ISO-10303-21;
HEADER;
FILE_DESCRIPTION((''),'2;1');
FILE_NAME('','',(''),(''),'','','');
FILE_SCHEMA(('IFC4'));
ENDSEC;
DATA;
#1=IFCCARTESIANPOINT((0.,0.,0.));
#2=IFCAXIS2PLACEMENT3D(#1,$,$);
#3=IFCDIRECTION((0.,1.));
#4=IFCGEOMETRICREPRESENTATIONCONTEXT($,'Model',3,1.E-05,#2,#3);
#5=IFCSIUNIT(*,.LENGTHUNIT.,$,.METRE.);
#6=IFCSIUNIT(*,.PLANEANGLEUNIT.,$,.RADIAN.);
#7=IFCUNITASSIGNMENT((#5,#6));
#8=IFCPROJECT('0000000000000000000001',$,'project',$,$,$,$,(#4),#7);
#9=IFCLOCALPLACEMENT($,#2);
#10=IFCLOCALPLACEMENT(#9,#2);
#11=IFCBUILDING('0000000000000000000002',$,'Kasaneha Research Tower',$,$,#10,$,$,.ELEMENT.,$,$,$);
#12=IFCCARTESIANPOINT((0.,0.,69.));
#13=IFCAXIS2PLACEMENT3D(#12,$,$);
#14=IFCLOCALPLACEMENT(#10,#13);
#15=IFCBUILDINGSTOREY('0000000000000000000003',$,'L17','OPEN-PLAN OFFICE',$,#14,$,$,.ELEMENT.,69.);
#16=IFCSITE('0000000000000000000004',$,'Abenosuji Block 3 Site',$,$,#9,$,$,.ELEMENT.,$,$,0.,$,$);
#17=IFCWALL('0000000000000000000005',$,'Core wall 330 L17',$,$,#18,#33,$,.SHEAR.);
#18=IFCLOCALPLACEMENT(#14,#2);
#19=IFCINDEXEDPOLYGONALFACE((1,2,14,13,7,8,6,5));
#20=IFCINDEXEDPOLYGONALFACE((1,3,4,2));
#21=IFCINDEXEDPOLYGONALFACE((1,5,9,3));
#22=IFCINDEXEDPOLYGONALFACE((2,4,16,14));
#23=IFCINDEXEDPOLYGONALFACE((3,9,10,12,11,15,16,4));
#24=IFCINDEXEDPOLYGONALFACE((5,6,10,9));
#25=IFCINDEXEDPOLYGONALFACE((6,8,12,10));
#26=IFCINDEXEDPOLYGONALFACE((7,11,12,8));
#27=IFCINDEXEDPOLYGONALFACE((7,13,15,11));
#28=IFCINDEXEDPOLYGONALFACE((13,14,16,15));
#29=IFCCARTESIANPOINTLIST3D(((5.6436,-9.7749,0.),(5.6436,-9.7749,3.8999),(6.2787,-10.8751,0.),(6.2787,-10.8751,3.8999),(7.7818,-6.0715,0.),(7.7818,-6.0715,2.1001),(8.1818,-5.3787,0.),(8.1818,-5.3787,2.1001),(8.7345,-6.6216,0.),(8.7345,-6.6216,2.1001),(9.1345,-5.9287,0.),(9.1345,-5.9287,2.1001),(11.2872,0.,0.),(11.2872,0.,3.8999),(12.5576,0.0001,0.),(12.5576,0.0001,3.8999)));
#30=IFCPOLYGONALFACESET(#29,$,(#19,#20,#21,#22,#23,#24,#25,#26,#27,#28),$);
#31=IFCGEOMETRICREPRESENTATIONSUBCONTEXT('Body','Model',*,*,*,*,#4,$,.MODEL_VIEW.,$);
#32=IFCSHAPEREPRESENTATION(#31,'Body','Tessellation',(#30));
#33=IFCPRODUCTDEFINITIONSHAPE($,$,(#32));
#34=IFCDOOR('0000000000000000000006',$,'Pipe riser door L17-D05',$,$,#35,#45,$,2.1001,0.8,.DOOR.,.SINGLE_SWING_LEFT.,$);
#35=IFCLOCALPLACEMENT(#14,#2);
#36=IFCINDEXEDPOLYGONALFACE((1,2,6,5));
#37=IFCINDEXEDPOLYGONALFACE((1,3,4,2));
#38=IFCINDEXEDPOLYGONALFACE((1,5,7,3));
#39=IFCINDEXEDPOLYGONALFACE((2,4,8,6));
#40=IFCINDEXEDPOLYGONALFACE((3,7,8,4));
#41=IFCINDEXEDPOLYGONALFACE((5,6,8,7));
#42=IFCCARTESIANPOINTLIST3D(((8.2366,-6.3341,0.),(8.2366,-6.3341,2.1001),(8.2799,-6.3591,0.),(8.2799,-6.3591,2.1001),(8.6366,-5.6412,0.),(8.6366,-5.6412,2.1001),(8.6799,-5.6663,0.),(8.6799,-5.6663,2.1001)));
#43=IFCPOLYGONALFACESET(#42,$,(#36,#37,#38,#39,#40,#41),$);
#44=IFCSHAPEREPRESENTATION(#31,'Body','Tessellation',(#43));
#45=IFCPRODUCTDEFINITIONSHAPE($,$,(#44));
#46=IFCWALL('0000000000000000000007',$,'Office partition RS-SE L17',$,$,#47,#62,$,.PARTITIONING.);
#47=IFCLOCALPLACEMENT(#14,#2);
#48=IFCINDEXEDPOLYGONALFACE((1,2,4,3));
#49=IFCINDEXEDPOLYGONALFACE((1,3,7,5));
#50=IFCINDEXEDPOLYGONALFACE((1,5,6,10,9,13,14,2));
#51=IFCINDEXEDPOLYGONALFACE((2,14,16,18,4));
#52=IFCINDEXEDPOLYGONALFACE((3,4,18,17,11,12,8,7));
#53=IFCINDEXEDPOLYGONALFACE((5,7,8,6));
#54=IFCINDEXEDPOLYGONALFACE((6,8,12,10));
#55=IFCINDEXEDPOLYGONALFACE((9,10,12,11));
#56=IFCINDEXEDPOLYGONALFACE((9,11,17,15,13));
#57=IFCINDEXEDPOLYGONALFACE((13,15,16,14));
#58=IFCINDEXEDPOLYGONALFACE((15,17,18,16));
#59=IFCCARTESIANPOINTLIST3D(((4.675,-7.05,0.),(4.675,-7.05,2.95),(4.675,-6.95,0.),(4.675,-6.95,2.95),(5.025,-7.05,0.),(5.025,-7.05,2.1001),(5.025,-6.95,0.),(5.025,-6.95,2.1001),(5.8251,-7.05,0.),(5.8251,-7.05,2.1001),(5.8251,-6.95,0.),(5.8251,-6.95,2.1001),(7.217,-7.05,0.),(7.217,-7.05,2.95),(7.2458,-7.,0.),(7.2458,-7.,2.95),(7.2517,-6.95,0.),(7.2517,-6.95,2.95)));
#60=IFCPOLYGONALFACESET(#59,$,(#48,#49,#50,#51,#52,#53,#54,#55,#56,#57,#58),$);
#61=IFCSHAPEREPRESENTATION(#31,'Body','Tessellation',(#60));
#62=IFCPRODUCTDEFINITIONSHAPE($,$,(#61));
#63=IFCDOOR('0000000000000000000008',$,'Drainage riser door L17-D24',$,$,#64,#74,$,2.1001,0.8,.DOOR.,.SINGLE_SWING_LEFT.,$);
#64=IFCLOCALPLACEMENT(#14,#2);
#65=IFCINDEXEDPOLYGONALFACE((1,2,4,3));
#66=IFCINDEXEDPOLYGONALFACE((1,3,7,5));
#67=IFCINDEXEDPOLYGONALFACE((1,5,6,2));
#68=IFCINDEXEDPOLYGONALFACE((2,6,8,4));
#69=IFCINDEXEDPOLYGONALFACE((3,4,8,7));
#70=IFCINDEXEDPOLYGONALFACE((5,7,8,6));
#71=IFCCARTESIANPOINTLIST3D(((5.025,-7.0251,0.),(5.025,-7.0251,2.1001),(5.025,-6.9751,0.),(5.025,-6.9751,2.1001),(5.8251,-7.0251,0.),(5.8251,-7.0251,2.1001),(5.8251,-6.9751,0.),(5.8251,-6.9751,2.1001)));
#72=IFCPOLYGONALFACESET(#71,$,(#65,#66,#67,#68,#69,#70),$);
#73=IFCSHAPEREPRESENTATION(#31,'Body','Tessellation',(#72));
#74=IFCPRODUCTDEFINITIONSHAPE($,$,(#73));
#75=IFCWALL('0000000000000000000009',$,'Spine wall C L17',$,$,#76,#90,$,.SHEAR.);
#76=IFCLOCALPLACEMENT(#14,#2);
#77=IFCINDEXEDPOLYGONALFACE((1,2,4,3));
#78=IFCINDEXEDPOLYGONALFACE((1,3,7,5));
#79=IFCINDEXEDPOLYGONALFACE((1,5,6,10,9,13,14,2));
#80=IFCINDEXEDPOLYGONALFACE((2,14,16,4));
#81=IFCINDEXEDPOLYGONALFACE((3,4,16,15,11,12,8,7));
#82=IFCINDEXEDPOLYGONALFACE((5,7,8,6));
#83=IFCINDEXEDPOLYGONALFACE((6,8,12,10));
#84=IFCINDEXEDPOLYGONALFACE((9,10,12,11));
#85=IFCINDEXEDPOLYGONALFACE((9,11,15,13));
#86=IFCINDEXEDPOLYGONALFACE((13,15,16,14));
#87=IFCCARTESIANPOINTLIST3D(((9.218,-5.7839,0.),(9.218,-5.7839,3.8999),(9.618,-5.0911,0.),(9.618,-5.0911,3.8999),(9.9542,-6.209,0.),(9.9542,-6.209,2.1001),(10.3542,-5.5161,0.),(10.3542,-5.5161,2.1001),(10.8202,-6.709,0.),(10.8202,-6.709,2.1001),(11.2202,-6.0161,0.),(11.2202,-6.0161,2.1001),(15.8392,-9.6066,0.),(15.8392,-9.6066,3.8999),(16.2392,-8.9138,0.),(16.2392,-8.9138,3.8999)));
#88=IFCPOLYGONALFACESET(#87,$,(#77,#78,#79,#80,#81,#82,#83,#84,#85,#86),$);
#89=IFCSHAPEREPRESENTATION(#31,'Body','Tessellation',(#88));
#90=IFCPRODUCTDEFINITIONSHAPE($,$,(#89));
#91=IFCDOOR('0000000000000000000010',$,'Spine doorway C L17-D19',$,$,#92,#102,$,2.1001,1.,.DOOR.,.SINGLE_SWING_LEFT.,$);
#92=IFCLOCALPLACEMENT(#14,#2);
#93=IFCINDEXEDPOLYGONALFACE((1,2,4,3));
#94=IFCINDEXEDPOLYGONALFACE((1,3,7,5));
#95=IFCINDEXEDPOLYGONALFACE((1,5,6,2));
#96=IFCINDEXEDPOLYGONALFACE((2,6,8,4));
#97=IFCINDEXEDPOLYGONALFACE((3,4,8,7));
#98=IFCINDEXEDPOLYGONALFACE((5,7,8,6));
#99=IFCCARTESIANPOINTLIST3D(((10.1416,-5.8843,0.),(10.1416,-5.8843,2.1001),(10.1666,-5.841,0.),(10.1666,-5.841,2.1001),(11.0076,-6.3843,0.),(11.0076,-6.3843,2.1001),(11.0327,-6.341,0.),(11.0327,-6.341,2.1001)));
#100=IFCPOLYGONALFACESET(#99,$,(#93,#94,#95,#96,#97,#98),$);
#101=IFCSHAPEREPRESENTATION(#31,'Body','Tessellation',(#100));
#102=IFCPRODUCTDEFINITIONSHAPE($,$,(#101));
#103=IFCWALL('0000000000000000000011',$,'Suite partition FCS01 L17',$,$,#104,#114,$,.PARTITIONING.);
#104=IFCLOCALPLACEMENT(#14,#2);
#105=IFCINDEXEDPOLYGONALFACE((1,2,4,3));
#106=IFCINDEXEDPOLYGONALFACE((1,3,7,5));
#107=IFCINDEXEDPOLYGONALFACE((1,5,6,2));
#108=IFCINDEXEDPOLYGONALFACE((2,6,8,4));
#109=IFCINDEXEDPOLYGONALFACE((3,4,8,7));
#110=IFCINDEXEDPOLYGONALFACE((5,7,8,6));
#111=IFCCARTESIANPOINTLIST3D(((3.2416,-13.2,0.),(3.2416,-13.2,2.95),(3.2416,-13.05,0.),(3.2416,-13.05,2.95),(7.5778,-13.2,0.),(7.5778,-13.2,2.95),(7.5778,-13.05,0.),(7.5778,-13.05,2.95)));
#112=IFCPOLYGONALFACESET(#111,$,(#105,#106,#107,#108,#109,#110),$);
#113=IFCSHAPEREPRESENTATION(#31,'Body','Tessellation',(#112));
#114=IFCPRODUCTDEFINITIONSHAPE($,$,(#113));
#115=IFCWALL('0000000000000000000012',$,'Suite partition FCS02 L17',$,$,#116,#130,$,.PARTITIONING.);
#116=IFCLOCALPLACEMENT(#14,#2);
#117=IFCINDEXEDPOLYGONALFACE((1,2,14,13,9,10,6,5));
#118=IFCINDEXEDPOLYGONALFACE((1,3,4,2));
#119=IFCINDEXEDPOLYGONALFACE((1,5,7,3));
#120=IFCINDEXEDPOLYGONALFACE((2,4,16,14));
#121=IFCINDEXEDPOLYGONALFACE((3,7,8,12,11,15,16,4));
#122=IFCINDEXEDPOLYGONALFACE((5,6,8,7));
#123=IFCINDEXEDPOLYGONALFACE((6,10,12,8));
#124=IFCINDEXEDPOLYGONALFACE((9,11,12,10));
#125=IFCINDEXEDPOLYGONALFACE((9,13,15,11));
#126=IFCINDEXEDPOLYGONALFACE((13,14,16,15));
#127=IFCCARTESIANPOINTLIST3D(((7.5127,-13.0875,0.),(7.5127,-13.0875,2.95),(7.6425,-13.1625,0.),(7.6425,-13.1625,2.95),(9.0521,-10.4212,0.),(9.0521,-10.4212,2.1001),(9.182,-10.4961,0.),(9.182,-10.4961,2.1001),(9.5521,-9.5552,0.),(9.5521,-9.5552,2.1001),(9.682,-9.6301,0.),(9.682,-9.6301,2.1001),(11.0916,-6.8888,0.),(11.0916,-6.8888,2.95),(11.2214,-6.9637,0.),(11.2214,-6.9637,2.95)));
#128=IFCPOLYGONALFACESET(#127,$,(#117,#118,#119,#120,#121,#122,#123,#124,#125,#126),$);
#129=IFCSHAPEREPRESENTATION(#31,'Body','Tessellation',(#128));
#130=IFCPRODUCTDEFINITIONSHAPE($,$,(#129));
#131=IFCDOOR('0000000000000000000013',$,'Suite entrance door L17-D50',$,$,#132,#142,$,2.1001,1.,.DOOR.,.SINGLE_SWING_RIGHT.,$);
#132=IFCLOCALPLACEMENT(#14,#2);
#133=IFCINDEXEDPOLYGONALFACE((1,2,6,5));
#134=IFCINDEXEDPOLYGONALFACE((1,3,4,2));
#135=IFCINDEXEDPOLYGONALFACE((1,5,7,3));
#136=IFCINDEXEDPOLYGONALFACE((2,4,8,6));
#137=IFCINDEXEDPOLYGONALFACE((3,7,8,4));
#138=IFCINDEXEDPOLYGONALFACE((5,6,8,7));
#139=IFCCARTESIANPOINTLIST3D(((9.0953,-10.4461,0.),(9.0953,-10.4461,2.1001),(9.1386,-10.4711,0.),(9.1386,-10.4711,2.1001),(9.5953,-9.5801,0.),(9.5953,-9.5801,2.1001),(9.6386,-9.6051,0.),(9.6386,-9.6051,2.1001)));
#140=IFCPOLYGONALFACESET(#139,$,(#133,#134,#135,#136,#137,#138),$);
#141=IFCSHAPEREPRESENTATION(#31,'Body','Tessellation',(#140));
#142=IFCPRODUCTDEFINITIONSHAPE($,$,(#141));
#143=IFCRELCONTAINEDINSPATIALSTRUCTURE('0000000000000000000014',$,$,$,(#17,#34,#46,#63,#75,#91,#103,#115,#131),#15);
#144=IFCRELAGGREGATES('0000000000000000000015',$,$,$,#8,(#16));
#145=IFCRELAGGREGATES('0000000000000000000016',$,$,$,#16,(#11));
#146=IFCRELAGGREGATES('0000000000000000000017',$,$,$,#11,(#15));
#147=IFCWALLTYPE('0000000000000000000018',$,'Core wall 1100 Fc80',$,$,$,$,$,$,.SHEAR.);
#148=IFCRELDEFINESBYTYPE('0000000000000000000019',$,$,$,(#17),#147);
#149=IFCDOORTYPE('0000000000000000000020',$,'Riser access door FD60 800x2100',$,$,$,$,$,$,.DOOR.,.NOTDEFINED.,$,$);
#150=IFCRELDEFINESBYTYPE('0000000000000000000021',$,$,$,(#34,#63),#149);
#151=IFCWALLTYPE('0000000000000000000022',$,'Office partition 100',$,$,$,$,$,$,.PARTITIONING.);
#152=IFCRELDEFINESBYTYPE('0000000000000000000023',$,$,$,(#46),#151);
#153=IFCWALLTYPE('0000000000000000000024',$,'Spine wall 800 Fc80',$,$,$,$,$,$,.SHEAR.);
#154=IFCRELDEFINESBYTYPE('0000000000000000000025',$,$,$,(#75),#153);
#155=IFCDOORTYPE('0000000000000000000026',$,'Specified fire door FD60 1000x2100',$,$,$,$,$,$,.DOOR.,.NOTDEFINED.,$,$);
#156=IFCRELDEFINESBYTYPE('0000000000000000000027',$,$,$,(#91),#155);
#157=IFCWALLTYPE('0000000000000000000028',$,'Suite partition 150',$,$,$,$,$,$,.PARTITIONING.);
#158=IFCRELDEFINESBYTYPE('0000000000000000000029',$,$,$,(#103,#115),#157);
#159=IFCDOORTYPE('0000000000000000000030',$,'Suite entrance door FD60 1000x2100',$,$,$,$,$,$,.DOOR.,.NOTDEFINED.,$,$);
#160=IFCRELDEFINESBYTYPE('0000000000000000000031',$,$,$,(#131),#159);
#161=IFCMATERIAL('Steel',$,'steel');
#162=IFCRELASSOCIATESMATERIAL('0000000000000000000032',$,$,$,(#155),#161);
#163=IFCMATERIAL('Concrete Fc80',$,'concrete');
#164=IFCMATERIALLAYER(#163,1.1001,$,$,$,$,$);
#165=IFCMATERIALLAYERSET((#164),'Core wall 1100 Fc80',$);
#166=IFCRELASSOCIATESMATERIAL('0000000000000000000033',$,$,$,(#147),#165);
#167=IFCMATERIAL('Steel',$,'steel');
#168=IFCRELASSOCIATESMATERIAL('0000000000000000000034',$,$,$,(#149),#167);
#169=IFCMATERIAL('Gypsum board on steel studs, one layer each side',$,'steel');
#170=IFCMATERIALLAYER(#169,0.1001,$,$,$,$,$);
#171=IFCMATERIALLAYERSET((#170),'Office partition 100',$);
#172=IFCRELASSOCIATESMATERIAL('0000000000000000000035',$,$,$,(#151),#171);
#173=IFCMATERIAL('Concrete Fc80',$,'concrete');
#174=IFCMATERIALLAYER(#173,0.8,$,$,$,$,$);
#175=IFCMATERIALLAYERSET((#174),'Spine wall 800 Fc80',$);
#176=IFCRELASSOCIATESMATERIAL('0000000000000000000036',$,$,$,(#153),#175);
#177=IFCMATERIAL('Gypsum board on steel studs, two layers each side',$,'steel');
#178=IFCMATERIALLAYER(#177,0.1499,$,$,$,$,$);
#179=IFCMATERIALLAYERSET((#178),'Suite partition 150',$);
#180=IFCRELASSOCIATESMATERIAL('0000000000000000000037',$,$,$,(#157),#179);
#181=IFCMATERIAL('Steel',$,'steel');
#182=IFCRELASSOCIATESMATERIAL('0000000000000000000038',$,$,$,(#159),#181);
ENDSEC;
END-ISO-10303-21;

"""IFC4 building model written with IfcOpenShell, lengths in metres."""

from ifc_helpers import new_model, si_unit, direction, frame, frame_2d, origin, place, context, subcontext, project, spatial, polyline, rectangle, outline, extrude, material, layer, layer_set, type_object, element, fill, save


model = new_model("IFC4")

# Units and contexts
model_context = context("Model", 3, precision=1e-05, world=origin(), true_north=direction((0.0, 1.0)))
body_context = subcontext(model_context, "Body", "Model", "MODEL_VIEW")
ifc_project = project(units=[si_unit("LENGTHUNIT", "METRE"), si_unit("PLANEANGLEUNIT", "RADIAN")], contexts=[model_context])

# Site, building, storey
site_placement = place(None, origin())
site = spatial("IfcSite", under=ifc_project, at=site_placement, Name="Abenosuji Block 3 Site", CompositionType="ELEMENT", RefElevation=0.0)
building_placement = place(site_placement, origin())
building = spatial("IfcBuilding", under=site, at=building_placement, Name="Kasaneha Research Tower", CompositionType="ELEMENT")
storey_placement = place(building_placement, frame((0.0, 0.0, 69.0)))
storey = spatial("IfcBuildingStorey", under=building, at=storey_placement, Name="L17", Description="OPEN-PLAN OFFICE", CompositionType="ELEMENT", Elevation=69.0)

# Shared definitions
ifc_material_1 = material(Name="Steel", Category="steel")
door_type_1 = type_object("IfcDoorType", Name="Specified fire door FD60 1000x2100", OperationType="NOTDEFINED", PredefinedType="DOOR", material=ifc_material_1)

# Walls, openings, doors
ifc_material_2 = material(Name="Concrete Fc80", Category="concrete")
ifc_layer_1 = layer(ifc_material_2, 1.1001)
ifc_layer_set_1 = layer_set([ifc_layer_1], Name="Core wall 1100 Fc80")
wall_type_1 = type_object("IfcWallType", Name="Core wall 1100 Fc80", PredefinedType="SHEAR", material=ifc_layer_set_1)
wall_1_placement = place(storey_placement, frame((5.9612, -10.325, 0.0), z_axis=(0.0, 0.0, 1.0), x_axis=(0.500004, 0.866023, 0.0)))
wall_1 = element("IfcWall", 1, at=wall_1_placement, inside=storey, type_object=wall_type_1, Name="Core wall 330 L17", PredefinedType="SHEAR", context=body_context, shape_type="SweptSolid", body=[
    extrude(outline(polyline([(-0.3176, -0.55), (4.594, -0.55), (5.394, -0.55), (12.24, -0.55), (11.6047, 0.55), (5.394, 0.55), (4.594, 0.55), (0.3176, 0.55), (-0.3176, -0.55)])), origin(), (0.0, 0.0, 1.0), 3.8999),
])
opening_1_placement = place(wall_1_placement, frame((4.594, 0.0, 0.0)))
opening_1 = element("IfcOpeningElement", 2, at=opening_1_placement, cuts=wall_1, PredefinedType="OPENING", context=body_context, shape_type="SweptSolid", body=[
    extrude(rectangle(XDim=0.8, YDim=2.1001, at=frame_2d((0.3999, 1.05))), frame((0.0, 0.5601, 0.0), z_axis=(0.0, -1.0, 0.0), x_axis=(1.0, 0.0, 0.0)), (0.0, 0.0, 1.0), 1.1201),
])
ifc_material_3 = material(Name="Steel", Category="steel")
door_type_2 = type_object("IfcDoorType", Name="Riser access door FD60 800x2100", OperationType="NOTDEFINED", PredefinedType="DOOR", material=ifc_material_3)
door_1_placement = place(opening_1_placement, origin())
door_1 = element("IfcDoor", 3, at=door_1_placement, inside=storey, type_object=door_type_2, Name="Pipe riser door L17-D05", OperationType="SINGLE_SWING_LEFT", OverallHeight=2.1001, OverallWidth=0.8, PredefinedType="DOOR", context=body_context, shape_type="SweptSolid", body=[
    extrude(rectangle(XDim=0.8, YDim=2.1001, at=frame_2d((0.3999, 1.05))), frame((0.0, 0.0249, 0.0), z_axis=(0.0, -1.0, 0.0), x_axis=(1.0, 0.0, 0.0)), (0.0, 0.0, 1.0), 0.05),
])
fill(opening_1, door_1)
ifc_material_4 = material(Name="Gypsum board on steel studs, one layer each side", Category="steel")
ifc_layer_2 = layer(ifc_material_4, 0.1001)
ifc_layer_set_2 = layer_set([ifc_layer_2], Name="Office partition 100")
wall_type_2 = type_object("IfcWallType", Name="Office partition 100", PredefinedType="PARTITIONING", material=ifc_layer_set_2)
wall_2_placement = place(storey_placement, frame((4.675, -7.0, 0.0), z_axis=(0.0, 0.0, 1.0), x_axis=(1.0, 0.0, 0.0)))
wall_2 = element("IfcWall", 4, at=wall_2_placement, inside=storey, type_object=wall_type_2, Name="Office partition RS-SE L17", PredefinedType="PARTITIONING", context=body_context, shape_type="SweptSolid", body=[
    extrude(outline(polyline([(0.0, -0.05), (0.3501, -0.05), (1.1501, -0.05), (2.542, -0.05), (2.5708, 0.0), (2.5767, 0.05), (1.1501, 0.05), (0.3501, 0.05), (0.0, 0.05), (0.0, -0.05)])), origin(), (0.0, 0.0, 1.0), 2.95),
])
opening_2_placement = place(wall_2_placement, frame((0.3501, 0.0, 0.0)))
opening_2 = element("IfcOpeningElement", 5, at=opening_2_placement, cuts=wall_2, PredefinedType="OPENING", context=body_context, shape_type="SweptSolid", body=[
    extrude(rectangle(XDim=0.8, YDim=2.1001, at=frame_2d((0.3999, 1.05))), frame((0.0, 0.0601, 0.0), z_axis=(0.0, -1.0, 0.0), x_axis=(1.0, 0.0, 0.0)), (0.0, 0.0, 1.0), 0.1201),
])
door_2_placement = place(opening_2_placement, origin())
door_2 = element("IfcDoor", 6, at=door_2_placement, inside=storey, type_object=door_type_2, Name="Drainage riser door L17-D24", OperationType="SINGLE_SWING_LEFT", OverallHeight=2.1001, OverallWidth=0.8, PredefinedType="DOOR", context=body_context, shape_type="SweptSolid", body=[
    extrude(rectangle(XDim=0.8, YDim=2.1001, at=frame_2d((0.3999, 1.05))), frame((0.0, 0.0249, 0.0), z_axis=(0.0, -1.0, 0.0), x_axis=(1.0, 0.0, 0.0)), (0.0, 0.0, 1.0), 0.05),
])
fill(opening_2, door_2)
ifc_material_5 = material(Name="Concrete Fc80", Category="concrete")
ifc_layer_3 = layer(ifc_material_5, 0.8)
ifc_layer_set_3 = layer_set([ifc_layer_3], Name="Spine wall 800 Fc80")
wall_type_3 = type_object("IfcWallType", Name="Spine wall 800 Fc80", PredefinedType="SHEAR", material=ifc_layer_set_3)
wall_3_placement = place(storey_placement, frame((9.418, -5.4375, 0.0), z_axis=(0.0, 0.0, 1.0), x_axis=(0.86603, -0.499992, 0.0)))
wall_3 = element("IfcWall", 7, at=wall_3_placement, inside=storey, type_object=wall_type_3, Name="Spine wall C L17", PredefinedType="SHEAR", context=body_context, shape_type="SweptSolid", body=[
    extrude(rectangle(XDim=7.6455, YDim=0.8, at=frame_2d((3.8228, 0.0))), origin(), (0.0, 0.0, 1.0), 3.8999),
])
opening_3_placement = place(wall_3_placement, frame((0.8501, 0.0, 0.0)))
opening_3 = element("IfcOpeningElement", 8, at=opening_3_placement, cuts=wall_3, PredefinedType="OPENING", context=body_context, shape_type="SweptSolid", body=[
    extrude(rectangle(XDim=1.0, YDim=2.1001, at=frame_2d((0.5, 1.05))), frame((0.0, 0.4102, 0.0), z_axis=(0.0, -1.0, 0.0), x_axis=(1.0, 0.0, 0.0)), (0.0, 0.0, 1.0), 0.8201),
])
door_3_placement = place(opening_3_placement, origin())
door_3 = element("IfcDoor", 9, at=door_3_placement, inside=storey, type_object=door_type_1, Name="Spine doorway C L17-D19", OperationType="SINGLE_SWING_LEFT", OverallHeight=2.1001, OverallWidth=1.0, PredefinedType="DOOR", context=body_context, shape_type="SweptSolid", body=[
    extrude(rectangle(XDim=1.0, YDim=2.1001, at=frame_2d((0.5, 1.05))), frame((0.0, 0.0249, 0.0), z_axis=(0.0, -1.0, 0.0), x_axis=(1.0, 0.0, 0.0)), (0.0, 0.0, 1.0), 0.05),
])
fill(opening_3, door_3)

# Wall
ifc_material_6 = material(Name="Gypsum board on steel studs, two layers each side", Category="steel")
ifc_layer_4 = layer(ifc_material_6, 0.1499)
ifc_layer_set_4 = layer_set([ifc_layer_4], Name="Suite partition 150")
wall_type_4 = type_object("IfcWallType", Name="Suite partition 150", PredefinedType="PARTITIONING", material=ifc_layer_set_4)
wall_4_placement = place(storey_placement, frame((7.5776, -13.125, 0.0), z_axis=(0.0, 0.0, 1.0), x_axis=(-1.0, 0.0, 0.0)))
element("IfcWall", 10, at=wall_4_placement, inside=storey, type_object=wall_type_4, Name="Suite partition FCS01 L17", PredefinedType="PARTITIONING", context=body_context, shape_type="SweptSolid", body=[
    extrude(rectangle(XDim=4.3362, YDim=0.1499, at=frame_2d((2.168, 0.0))), origin(), (0.0, 0.0, 1.0), 2.95),
])

# Wall, opening, door
wall_5_placement = place(storey_placement, frame((11.1565, -6.9263, 0.0), z_axis=(0.0, 0.0, 1.0), x_axis=(-0.500002, -0.866024, 0.0)))
wall_5 = element("IfcWall", 11, at=wall_5_placement, inside=storey, type_object=wall_type_4, Name="Suite partition FCS02 L17", PredefinedType="PARTITIONING", context=body_context, shape_type="SweptSolid", body=[
    extrude(rectangle(XDim=7.1577, YDim=0.1499, at=frame_2d((3.5789, 0.0))), origin(), (0.0, 0.0, 1.0), 2.95),
])
opening_4_placement = place(wall_5_placement, frame((3.0789, 0.0, 0.0)))
opening_4 = element("IfcOpeningElement", 12, at=opening_4_placement, cuts=wall_5, PredefinedType="OPENING", context=body_context, shape_type="SweptSolid", body=[
    extrude(rectangle(XDim=1.0, YDim=2.1001, at=frame_2d((0.5, 1.05))), frame((0.0, 0.085, 0.0), z_axis=(0.0, -1.0, 0.0), x_axis=(1.0, 0.0, 0.0)), (0.0, 0.0, 1.0), 0.1699),
])
ifc_material_7 = material(Name="Steel", Category="steel")
door_type_3 = type_object("IfcDoorType", Name="Suite entrance door FD60 1000x2100", OperationType="NOTDEFINED", PredefinedType="DOOR", material=ifc_material_7)
door_4_placement = place(opening_4_placement, origin())
door_4 = element("IfcDoor", 13, at=door_4_placement, inside=storey, type_object=door_type_3, Name="Suite entrance door L17-D50", OperationType="SINGLE_SWING_RIGHT", OverallHeight=2.1001, OverallWidth=1.0, PredefinedType="DOOR", context=body_context, shape_type="SweptSolid", body=[
    extrude(rectangle(XDim=1.0, YDim=2.1001, at=frame_2d((0.5, 1.05))), frame((0.0, 0.0249, 0.0), z_axis=(0.0, -1.0, 0.0), x_axis=(1.0, 0.0, 0.0)), (0.0, 0.0, 1.0), 0.05),
])
fill(opening_4, door_4)

save(model, "model.ifc")
